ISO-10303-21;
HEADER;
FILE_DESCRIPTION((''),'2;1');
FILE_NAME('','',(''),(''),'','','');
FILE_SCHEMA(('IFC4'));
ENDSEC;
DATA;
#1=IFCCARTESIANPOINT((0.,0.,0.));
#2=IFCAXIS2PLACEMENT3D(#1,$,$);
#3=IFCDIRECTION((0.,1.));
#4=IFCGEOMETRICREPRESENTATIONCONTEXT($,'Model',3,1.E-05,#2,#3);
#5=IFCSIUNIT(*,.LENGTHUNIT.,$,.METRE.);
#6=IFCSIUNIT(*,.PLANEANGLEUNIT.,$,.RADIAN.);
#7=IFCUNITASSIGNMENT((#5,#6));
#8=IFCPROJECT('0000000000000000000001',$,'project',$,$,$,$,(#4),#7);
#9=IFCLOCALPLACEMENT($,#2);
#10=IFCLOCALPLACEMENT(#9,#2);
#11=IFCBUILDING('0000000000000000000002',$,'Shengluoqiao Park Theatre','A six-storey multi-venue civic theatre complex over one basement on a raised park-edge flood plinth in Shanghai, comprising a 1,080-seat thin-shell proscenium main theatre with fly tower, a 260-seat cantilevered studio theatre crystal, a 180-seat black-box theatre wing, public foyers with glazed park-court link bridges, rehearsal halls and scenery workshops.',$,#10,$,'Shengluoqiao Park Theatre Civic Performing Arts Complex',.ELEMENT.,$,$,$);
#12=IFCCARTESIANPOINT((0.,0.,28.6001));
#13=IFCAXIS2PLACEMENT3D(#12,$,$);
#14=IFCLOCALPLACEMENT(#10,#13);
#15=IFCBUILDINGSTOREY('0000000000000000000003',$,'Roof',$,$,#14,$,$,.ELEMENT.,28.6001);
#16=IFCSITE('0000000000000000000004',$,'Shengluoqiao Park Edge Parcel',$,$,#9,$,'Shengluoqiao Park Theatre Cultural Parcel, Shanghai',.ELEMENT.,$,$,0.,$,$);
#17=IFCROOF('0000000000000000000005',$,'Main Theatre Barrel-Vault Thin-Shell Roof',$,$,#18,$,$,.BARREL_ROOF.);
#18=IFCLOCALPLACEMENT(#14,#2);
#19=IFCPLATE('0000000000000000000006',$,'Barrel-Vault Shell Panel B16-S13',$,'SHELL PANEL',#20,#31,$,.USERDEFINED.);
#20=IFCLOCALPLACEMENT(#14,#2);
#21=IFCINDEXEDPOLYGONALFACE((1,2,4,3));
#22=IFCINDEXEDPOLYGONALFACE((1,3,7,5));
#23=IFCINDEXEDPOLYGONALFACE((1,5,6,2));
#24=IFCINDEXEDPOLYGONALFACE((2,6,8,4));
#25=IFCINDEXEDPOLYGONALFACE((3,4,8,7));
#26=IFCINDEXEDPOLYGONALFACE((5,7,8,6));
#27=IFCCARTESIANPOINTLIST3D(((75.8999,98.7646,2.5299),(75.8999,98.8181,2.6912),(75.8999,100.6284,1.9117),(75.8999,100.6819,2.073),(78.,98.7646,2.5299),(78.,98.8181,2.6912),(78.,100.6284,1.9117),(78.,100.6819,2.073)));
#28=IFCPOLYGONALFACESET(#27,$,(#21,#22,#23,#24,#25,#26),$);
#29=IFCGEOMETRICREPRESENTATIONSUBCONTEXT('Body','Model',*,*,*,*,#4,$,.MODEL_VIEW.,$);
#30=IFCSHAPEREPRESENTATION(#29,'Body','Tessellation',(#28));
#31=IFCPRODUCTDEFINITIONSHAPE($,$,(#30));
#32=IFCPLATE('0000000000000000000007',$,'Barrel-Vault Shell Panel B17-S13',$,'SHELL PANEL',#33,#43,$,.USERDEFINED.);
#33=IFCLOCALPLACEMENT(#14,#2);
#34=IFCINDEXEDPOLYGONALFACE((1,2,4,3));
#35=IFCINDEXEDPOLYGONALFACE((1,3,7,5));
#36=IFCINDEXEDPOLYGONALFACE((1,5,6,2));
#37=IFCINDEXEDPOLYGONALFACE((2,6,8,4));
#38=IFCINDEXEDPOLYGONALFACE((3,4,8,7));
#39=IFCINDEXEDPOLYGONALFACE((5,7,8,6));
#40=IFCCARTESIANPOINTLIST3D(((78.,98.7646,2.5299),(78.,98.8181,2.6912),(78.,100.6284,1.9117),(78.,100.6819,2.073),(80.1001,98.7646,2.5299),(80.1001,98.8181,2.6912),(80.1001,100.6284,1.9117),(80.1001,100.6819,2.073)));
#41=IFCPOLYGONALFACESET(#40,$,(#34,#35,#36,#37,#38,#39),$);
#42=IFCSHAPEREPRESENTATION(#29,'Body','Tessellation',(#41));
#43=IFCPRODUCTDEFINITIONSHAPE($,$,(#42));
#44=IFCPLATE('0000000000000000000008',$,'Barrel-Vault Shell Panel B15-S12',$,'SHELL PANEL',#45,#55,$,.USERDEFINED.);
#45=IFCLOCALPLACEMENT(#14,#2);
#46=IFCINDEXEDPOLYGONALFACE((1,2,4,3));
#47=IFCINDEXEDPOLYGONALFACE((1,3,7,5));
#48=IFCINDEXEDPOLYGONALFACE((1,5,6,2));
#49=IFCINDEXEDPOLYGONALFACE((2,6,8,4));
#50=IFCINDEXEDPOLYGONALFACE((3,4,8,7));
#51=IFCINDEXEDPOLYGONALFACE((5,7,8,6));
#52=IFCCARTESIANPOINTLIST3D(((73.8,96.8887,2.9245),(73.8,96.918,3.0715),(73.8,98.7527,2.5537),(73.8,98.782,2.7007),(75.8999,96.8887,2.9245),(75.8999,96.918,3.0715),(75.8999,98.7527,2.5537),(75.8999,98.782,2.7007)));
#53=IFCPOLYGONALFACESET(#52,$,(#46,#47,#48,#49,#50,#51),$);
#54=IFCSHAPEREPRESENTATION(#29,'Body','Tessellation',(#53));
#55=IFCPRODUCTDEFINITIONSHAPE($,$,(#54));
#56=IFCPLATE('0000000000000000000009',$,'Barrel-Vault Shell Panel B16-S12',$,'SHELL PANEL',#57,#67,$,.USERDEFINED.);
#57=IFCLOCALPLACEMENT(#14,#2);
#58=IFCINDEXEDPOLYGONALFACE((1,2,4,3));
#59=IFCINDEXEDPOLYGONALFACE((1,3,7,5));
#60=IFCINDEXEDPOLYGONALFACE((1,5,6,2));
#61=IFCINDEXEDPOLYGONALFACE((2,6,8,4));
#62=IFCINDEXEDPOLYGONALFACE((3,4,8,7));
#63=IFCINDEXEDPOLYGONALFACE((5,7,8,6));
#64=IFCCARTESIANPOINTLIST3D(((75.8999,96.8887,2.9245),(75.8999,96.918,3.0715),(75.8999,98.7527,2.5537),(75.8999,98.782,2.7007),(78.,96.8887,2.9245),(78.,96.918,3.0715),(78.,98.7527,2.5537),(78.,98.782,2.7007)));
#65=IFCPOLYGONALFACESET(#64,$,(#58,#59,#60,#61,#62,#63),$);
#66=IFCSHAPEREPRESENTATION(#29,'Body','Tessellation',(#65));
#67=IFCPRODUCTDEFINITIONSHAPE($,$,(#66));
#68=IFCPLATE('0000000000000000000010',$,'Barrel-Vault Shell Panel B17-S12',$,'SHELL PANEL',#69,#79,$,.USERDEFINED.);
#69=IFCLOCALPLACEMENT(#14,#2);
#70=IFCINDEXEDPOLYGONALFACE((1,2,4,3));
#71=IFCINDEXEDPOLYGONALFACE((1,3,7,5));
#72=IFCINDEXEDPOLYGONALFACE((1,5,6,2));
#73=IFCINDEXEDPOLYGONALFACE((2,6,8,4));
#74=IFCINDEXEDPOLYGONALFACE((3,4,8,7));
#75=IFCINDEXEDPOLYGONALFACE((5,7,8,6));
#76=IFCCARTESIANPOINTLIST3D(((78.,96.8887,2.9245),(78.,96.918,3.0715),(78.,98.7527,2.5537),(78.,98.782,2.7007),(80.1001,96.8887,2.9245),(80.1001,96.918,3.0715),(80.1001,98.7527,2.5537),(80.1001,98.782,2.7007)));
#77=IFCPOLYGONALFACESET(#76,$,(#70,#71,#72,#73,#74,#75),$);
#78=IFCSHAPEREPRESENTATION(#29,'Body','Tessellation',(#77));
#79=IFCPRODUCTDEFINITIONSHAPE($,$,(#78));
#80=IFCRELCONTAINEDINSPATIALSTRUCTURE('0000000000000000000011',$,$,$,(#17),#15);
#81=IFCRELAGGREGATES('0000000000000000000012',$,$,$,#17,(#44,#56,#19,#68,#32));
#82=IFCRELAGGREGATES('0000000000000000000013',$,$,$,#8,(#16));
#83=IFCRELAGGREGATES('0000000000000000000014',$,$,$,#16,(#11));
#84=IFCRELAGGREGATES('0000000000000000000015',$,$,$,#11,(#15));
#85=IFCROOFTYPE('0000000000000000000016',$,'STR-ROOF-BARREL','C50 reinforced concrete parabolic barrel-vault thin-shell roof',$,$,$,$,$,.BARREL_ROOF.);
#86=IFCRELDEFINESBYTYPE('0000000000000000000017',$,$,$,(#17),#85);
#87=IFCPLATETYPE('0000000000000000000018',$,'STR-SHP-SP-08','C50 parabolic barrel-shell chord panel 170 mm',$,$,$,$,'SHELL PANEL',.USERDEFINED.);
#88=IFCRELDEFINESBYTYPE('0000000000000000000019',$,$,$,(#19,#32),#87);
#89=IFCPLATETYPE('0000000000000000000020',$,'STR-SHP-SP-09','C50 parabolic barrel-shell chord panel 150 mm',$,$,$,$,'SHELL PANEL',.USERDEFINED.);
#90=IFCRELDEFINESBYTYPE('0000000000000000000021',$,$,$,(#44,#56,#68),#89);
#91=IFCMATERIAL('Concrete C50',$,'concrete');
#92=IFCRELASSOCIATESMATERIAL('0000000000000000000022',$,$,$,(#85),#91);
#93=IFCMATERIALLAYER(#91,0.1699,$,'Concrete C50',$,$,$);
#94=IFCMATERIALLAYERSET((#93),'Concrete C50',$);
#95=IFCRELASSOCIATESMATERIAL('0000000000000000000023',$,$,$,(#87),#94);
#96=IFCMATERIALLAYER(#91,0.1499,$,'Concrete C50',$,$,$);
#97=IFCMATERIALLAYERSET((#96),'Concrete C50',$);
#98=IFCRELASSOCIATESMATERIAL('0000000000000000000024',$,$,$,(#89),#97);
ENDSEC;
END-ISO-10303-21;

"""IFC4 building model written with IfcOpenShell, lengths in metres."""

from ifc_helpers import new_model, si_unit, direction, frame, origin, place, context, subcontext, project, spatial, polyline, outline, extrude, material, layer, layer_set, type_object, element, aggregate, save


model = new_model("IFC4")

# Units and contexts
model_context = context("Model", 3, precision=1e-05, world=origin(), true_north=direction((0.0, 1.0)))
body_context = subcontext(model_context, "Body", "Model", "MODEL_VIEW")
ifc_project = project(units=[si_unit("LENGTHUNIT", "METRE"), si_unit("PLANEANGLEUNIT", "RADIAN")], contexts=[model_context])

# Site, building, storey
site_placement = place(None, origin())
site = spatial("IfcSite", under=ifc_project, at=site_placement, Name="Shengluoqiao Park Edge Parcel", LongName="Shengluoqiao Park Theatre Cultural Parcel, Shanghai", CompositionType="ELEMENT", RefElevation=0.0)
building_placement = place(site_placement, origin())
building = spatial("IfcBuilding", under=site, at=building_placement, Name="Shengluoqiao Park Theatre", Description="A six-storey multi-venue civic theatre complex over one basement on a raised park-edge flood plinth in Shanghai, comprising a 1,080-seat thin-shell proscenium main theatre with fly tower, a 260-seat cantilevered studio theatre crystal, a 180-seat black-box theatre wing, public foyers with glazed park-court link bridges, rehearsal halls and scenery workshops.", LongName="Shengluoqiao Park Theatre Civic Performing Arts Complex", CompositionType="ELEMENT")
storey_placement = place(building_placement, frame((0.0, 0.0, 28.6001)))
storey = spatial("IfcBuildingStorey", under=building, at=storey_placement, Name="Roof", CompositionType="ELEMENT", Elevation=28.6001)

# Shared definitions
ifc_material_1 = material(Name="Concrete C50", Category="concrete")

# Roof, plates
roof_type = type_object("IfcRoofType", Name="STR-ROOF-BARREL", Description="C50 reinforced concrete parabolic barrel-vault thin-shell roof", PredefinedType="BARREL_ROOF", material=ifc_material_1)
roof_placement = place(storey_placement, origin())
roof = element("IfcRoof", 1, at=roof_placement, inside=storey, type_object=roof_type, Name="Main Theatre Barrel-Vault Thin-Shell Roof", PredefinedType="BARREL_ROOF")
ifc_layer_1 = layer(ifc_material_1, 0.1699, Name="Concrete C50")
ifc_layer_set_1 = layer_set([ifc_layer_1], Name="Concrete C50")
plate_type_1 = type_object("IfcPlateType", Name="STR-SHP-SP-08", Description="C50 parabolic barrel-shell chord panel 170 mm", ElementType="SHELL PANEL", PredefinedType="USERDEFINED", material=ifc_layer_set_1)
plate_1_placement = place(storey_placement, frame((75.8999, 98.8181, 2.6912), z_axis=(0.0, 0.31481, 0.949155), x_axis=(1.0, 0.0, 0.0)))
plate_1 = element("IfcPlate", 2, at=plate_1_placement, type_object=plate_type_1, Name="Barrel-Vault Shell Panel B16-S13", ObjectType="SHELL PANEL", PredefinedType="USERDEFINED", context=body_context, shape_type="SweptSolid", body=[
    extrude(outline(polyline([(0.0, 0.0), (2.1001, 0.0), (2.1001, 1.9636), (0.0, 1.9636), (0.0, 0.0)])), origin(), (0.0, 0.0, -1.0), 0.1699),
])
plate_2_placement = place(storey_placement, frame((78.0, 98.8181, 2.6912), z_axis=(0.0, 0.31481, 0.949155), x_axis=(1.0, 0.0, 0.0)))
plate_2 = element("IfcPlate", 3, at=plate_2_placement, type_object=plate_type_1, Name="Barrel-Vault Shell Panel B17-S13", ObjectType="SHELL PANEL", PredefinedType="USERDEFINED", context=body_context, shape_type="SweptSolid", body=[
    extrude(outline(polyline([(0.0, 0.0), (2.1001, 0.0), (2.1001, 1.9636), (0.0, 1.9636), (0.0, 0.0)])), origin(), (0.0, 0.0, -1.0), 0.1699),
])
ifc_layer_2 = layer(ifc_material_1, 0.1499, Name="Concrete C50")
ifc_layer_set_2 = layer_set([ifc_layer_2], Name="Concrete C50")
plate_type_2 = type_object("IfcPlateType", Name="STR-SHP-SP-09", Description="C50 parabolic barrel-shell chord panel 150 mm", ElementType="SHELL PANEL", PredefinedType="USERDEFINED", material=ifc_layer_set_2)
plate_3_placement = place(storey_placement, frame((73.8, 96.918, 3.0715), z_axis=(0.0, 0.195128, 0.980778), x_axis=(1.0, 0.0, 0.0)))
plate_3 = element("IfcPlate", 4, at=plate_3_placement, type_object=plate_type_2, Name="Barrel-Vault Shell Panel B15-S12", ObjectType="SHELL PANEL", PredefinedType="USERDEFINED", context=body_context, shape_type="SweptSolid", body=[
    extrude(outline(polyline([(0.0, 0.0), (2.0999, 0.0), (2.0999, 1.9005), (0.0, 1.9005), (0.0, 0.0)])), origin(), (0.0, 0.0, -1.0), 0.1499),
])
plate_4_placement = place(storey_placement, frame((75.8999, 96.918, 3.0715), z_axis=(0.0, 0.195128, 0.980778), x_axis=(1.0, 0.0, 0.0)))
plate_4 = element("IfcPlate", 5, at=plate_4_placement, type_object=plate_type_2, Name="Barrel-Vault Shell Panel B16-S12", ObjectType="SHELL PANEL", PredefinedType="USERDEFINED", context=body_context, shape_type="SweptSolid", body=[
    extrude(outline(polyline([(0.0, 0.0), (2.1001, 0.0), (2.1001, 1.9005), (0.0, 1.9005), (0.0, 0.0)])), origin(), (0.0, 0.0, -1.0), 0.1499),
])
plate_5_placement = place(storey_placement, frame((78.0, 96.918, 3.0715), z_axis=(0.0, 0.195128, 0.980778), x_axis=(1.0, 0.0, 0.0)))
plate_5 = element("IfcPlate", 6, at=plate_5_placement, type_object=plate_type_2, Name="Barrel-Vault Shell Panel B17-S12", ObjectType="SHELL PANEL", PredefinedType="USERDEFINED", context=body_context, shape_type="SweptSolid", body=[
    extrude(outline(polyline([(0.0, 0.0), (2.1001, 0.0), (2.1001, 1.9005), (0.0, 1.9005), (0.0, 0.0)])), origin(), (0.0, 0.0, -1.0), 0.1499),
])
aggregate(roof, [plate_3, plate_4, plate_1, plate_5, plate_2])

save(model, "model.ifc")
